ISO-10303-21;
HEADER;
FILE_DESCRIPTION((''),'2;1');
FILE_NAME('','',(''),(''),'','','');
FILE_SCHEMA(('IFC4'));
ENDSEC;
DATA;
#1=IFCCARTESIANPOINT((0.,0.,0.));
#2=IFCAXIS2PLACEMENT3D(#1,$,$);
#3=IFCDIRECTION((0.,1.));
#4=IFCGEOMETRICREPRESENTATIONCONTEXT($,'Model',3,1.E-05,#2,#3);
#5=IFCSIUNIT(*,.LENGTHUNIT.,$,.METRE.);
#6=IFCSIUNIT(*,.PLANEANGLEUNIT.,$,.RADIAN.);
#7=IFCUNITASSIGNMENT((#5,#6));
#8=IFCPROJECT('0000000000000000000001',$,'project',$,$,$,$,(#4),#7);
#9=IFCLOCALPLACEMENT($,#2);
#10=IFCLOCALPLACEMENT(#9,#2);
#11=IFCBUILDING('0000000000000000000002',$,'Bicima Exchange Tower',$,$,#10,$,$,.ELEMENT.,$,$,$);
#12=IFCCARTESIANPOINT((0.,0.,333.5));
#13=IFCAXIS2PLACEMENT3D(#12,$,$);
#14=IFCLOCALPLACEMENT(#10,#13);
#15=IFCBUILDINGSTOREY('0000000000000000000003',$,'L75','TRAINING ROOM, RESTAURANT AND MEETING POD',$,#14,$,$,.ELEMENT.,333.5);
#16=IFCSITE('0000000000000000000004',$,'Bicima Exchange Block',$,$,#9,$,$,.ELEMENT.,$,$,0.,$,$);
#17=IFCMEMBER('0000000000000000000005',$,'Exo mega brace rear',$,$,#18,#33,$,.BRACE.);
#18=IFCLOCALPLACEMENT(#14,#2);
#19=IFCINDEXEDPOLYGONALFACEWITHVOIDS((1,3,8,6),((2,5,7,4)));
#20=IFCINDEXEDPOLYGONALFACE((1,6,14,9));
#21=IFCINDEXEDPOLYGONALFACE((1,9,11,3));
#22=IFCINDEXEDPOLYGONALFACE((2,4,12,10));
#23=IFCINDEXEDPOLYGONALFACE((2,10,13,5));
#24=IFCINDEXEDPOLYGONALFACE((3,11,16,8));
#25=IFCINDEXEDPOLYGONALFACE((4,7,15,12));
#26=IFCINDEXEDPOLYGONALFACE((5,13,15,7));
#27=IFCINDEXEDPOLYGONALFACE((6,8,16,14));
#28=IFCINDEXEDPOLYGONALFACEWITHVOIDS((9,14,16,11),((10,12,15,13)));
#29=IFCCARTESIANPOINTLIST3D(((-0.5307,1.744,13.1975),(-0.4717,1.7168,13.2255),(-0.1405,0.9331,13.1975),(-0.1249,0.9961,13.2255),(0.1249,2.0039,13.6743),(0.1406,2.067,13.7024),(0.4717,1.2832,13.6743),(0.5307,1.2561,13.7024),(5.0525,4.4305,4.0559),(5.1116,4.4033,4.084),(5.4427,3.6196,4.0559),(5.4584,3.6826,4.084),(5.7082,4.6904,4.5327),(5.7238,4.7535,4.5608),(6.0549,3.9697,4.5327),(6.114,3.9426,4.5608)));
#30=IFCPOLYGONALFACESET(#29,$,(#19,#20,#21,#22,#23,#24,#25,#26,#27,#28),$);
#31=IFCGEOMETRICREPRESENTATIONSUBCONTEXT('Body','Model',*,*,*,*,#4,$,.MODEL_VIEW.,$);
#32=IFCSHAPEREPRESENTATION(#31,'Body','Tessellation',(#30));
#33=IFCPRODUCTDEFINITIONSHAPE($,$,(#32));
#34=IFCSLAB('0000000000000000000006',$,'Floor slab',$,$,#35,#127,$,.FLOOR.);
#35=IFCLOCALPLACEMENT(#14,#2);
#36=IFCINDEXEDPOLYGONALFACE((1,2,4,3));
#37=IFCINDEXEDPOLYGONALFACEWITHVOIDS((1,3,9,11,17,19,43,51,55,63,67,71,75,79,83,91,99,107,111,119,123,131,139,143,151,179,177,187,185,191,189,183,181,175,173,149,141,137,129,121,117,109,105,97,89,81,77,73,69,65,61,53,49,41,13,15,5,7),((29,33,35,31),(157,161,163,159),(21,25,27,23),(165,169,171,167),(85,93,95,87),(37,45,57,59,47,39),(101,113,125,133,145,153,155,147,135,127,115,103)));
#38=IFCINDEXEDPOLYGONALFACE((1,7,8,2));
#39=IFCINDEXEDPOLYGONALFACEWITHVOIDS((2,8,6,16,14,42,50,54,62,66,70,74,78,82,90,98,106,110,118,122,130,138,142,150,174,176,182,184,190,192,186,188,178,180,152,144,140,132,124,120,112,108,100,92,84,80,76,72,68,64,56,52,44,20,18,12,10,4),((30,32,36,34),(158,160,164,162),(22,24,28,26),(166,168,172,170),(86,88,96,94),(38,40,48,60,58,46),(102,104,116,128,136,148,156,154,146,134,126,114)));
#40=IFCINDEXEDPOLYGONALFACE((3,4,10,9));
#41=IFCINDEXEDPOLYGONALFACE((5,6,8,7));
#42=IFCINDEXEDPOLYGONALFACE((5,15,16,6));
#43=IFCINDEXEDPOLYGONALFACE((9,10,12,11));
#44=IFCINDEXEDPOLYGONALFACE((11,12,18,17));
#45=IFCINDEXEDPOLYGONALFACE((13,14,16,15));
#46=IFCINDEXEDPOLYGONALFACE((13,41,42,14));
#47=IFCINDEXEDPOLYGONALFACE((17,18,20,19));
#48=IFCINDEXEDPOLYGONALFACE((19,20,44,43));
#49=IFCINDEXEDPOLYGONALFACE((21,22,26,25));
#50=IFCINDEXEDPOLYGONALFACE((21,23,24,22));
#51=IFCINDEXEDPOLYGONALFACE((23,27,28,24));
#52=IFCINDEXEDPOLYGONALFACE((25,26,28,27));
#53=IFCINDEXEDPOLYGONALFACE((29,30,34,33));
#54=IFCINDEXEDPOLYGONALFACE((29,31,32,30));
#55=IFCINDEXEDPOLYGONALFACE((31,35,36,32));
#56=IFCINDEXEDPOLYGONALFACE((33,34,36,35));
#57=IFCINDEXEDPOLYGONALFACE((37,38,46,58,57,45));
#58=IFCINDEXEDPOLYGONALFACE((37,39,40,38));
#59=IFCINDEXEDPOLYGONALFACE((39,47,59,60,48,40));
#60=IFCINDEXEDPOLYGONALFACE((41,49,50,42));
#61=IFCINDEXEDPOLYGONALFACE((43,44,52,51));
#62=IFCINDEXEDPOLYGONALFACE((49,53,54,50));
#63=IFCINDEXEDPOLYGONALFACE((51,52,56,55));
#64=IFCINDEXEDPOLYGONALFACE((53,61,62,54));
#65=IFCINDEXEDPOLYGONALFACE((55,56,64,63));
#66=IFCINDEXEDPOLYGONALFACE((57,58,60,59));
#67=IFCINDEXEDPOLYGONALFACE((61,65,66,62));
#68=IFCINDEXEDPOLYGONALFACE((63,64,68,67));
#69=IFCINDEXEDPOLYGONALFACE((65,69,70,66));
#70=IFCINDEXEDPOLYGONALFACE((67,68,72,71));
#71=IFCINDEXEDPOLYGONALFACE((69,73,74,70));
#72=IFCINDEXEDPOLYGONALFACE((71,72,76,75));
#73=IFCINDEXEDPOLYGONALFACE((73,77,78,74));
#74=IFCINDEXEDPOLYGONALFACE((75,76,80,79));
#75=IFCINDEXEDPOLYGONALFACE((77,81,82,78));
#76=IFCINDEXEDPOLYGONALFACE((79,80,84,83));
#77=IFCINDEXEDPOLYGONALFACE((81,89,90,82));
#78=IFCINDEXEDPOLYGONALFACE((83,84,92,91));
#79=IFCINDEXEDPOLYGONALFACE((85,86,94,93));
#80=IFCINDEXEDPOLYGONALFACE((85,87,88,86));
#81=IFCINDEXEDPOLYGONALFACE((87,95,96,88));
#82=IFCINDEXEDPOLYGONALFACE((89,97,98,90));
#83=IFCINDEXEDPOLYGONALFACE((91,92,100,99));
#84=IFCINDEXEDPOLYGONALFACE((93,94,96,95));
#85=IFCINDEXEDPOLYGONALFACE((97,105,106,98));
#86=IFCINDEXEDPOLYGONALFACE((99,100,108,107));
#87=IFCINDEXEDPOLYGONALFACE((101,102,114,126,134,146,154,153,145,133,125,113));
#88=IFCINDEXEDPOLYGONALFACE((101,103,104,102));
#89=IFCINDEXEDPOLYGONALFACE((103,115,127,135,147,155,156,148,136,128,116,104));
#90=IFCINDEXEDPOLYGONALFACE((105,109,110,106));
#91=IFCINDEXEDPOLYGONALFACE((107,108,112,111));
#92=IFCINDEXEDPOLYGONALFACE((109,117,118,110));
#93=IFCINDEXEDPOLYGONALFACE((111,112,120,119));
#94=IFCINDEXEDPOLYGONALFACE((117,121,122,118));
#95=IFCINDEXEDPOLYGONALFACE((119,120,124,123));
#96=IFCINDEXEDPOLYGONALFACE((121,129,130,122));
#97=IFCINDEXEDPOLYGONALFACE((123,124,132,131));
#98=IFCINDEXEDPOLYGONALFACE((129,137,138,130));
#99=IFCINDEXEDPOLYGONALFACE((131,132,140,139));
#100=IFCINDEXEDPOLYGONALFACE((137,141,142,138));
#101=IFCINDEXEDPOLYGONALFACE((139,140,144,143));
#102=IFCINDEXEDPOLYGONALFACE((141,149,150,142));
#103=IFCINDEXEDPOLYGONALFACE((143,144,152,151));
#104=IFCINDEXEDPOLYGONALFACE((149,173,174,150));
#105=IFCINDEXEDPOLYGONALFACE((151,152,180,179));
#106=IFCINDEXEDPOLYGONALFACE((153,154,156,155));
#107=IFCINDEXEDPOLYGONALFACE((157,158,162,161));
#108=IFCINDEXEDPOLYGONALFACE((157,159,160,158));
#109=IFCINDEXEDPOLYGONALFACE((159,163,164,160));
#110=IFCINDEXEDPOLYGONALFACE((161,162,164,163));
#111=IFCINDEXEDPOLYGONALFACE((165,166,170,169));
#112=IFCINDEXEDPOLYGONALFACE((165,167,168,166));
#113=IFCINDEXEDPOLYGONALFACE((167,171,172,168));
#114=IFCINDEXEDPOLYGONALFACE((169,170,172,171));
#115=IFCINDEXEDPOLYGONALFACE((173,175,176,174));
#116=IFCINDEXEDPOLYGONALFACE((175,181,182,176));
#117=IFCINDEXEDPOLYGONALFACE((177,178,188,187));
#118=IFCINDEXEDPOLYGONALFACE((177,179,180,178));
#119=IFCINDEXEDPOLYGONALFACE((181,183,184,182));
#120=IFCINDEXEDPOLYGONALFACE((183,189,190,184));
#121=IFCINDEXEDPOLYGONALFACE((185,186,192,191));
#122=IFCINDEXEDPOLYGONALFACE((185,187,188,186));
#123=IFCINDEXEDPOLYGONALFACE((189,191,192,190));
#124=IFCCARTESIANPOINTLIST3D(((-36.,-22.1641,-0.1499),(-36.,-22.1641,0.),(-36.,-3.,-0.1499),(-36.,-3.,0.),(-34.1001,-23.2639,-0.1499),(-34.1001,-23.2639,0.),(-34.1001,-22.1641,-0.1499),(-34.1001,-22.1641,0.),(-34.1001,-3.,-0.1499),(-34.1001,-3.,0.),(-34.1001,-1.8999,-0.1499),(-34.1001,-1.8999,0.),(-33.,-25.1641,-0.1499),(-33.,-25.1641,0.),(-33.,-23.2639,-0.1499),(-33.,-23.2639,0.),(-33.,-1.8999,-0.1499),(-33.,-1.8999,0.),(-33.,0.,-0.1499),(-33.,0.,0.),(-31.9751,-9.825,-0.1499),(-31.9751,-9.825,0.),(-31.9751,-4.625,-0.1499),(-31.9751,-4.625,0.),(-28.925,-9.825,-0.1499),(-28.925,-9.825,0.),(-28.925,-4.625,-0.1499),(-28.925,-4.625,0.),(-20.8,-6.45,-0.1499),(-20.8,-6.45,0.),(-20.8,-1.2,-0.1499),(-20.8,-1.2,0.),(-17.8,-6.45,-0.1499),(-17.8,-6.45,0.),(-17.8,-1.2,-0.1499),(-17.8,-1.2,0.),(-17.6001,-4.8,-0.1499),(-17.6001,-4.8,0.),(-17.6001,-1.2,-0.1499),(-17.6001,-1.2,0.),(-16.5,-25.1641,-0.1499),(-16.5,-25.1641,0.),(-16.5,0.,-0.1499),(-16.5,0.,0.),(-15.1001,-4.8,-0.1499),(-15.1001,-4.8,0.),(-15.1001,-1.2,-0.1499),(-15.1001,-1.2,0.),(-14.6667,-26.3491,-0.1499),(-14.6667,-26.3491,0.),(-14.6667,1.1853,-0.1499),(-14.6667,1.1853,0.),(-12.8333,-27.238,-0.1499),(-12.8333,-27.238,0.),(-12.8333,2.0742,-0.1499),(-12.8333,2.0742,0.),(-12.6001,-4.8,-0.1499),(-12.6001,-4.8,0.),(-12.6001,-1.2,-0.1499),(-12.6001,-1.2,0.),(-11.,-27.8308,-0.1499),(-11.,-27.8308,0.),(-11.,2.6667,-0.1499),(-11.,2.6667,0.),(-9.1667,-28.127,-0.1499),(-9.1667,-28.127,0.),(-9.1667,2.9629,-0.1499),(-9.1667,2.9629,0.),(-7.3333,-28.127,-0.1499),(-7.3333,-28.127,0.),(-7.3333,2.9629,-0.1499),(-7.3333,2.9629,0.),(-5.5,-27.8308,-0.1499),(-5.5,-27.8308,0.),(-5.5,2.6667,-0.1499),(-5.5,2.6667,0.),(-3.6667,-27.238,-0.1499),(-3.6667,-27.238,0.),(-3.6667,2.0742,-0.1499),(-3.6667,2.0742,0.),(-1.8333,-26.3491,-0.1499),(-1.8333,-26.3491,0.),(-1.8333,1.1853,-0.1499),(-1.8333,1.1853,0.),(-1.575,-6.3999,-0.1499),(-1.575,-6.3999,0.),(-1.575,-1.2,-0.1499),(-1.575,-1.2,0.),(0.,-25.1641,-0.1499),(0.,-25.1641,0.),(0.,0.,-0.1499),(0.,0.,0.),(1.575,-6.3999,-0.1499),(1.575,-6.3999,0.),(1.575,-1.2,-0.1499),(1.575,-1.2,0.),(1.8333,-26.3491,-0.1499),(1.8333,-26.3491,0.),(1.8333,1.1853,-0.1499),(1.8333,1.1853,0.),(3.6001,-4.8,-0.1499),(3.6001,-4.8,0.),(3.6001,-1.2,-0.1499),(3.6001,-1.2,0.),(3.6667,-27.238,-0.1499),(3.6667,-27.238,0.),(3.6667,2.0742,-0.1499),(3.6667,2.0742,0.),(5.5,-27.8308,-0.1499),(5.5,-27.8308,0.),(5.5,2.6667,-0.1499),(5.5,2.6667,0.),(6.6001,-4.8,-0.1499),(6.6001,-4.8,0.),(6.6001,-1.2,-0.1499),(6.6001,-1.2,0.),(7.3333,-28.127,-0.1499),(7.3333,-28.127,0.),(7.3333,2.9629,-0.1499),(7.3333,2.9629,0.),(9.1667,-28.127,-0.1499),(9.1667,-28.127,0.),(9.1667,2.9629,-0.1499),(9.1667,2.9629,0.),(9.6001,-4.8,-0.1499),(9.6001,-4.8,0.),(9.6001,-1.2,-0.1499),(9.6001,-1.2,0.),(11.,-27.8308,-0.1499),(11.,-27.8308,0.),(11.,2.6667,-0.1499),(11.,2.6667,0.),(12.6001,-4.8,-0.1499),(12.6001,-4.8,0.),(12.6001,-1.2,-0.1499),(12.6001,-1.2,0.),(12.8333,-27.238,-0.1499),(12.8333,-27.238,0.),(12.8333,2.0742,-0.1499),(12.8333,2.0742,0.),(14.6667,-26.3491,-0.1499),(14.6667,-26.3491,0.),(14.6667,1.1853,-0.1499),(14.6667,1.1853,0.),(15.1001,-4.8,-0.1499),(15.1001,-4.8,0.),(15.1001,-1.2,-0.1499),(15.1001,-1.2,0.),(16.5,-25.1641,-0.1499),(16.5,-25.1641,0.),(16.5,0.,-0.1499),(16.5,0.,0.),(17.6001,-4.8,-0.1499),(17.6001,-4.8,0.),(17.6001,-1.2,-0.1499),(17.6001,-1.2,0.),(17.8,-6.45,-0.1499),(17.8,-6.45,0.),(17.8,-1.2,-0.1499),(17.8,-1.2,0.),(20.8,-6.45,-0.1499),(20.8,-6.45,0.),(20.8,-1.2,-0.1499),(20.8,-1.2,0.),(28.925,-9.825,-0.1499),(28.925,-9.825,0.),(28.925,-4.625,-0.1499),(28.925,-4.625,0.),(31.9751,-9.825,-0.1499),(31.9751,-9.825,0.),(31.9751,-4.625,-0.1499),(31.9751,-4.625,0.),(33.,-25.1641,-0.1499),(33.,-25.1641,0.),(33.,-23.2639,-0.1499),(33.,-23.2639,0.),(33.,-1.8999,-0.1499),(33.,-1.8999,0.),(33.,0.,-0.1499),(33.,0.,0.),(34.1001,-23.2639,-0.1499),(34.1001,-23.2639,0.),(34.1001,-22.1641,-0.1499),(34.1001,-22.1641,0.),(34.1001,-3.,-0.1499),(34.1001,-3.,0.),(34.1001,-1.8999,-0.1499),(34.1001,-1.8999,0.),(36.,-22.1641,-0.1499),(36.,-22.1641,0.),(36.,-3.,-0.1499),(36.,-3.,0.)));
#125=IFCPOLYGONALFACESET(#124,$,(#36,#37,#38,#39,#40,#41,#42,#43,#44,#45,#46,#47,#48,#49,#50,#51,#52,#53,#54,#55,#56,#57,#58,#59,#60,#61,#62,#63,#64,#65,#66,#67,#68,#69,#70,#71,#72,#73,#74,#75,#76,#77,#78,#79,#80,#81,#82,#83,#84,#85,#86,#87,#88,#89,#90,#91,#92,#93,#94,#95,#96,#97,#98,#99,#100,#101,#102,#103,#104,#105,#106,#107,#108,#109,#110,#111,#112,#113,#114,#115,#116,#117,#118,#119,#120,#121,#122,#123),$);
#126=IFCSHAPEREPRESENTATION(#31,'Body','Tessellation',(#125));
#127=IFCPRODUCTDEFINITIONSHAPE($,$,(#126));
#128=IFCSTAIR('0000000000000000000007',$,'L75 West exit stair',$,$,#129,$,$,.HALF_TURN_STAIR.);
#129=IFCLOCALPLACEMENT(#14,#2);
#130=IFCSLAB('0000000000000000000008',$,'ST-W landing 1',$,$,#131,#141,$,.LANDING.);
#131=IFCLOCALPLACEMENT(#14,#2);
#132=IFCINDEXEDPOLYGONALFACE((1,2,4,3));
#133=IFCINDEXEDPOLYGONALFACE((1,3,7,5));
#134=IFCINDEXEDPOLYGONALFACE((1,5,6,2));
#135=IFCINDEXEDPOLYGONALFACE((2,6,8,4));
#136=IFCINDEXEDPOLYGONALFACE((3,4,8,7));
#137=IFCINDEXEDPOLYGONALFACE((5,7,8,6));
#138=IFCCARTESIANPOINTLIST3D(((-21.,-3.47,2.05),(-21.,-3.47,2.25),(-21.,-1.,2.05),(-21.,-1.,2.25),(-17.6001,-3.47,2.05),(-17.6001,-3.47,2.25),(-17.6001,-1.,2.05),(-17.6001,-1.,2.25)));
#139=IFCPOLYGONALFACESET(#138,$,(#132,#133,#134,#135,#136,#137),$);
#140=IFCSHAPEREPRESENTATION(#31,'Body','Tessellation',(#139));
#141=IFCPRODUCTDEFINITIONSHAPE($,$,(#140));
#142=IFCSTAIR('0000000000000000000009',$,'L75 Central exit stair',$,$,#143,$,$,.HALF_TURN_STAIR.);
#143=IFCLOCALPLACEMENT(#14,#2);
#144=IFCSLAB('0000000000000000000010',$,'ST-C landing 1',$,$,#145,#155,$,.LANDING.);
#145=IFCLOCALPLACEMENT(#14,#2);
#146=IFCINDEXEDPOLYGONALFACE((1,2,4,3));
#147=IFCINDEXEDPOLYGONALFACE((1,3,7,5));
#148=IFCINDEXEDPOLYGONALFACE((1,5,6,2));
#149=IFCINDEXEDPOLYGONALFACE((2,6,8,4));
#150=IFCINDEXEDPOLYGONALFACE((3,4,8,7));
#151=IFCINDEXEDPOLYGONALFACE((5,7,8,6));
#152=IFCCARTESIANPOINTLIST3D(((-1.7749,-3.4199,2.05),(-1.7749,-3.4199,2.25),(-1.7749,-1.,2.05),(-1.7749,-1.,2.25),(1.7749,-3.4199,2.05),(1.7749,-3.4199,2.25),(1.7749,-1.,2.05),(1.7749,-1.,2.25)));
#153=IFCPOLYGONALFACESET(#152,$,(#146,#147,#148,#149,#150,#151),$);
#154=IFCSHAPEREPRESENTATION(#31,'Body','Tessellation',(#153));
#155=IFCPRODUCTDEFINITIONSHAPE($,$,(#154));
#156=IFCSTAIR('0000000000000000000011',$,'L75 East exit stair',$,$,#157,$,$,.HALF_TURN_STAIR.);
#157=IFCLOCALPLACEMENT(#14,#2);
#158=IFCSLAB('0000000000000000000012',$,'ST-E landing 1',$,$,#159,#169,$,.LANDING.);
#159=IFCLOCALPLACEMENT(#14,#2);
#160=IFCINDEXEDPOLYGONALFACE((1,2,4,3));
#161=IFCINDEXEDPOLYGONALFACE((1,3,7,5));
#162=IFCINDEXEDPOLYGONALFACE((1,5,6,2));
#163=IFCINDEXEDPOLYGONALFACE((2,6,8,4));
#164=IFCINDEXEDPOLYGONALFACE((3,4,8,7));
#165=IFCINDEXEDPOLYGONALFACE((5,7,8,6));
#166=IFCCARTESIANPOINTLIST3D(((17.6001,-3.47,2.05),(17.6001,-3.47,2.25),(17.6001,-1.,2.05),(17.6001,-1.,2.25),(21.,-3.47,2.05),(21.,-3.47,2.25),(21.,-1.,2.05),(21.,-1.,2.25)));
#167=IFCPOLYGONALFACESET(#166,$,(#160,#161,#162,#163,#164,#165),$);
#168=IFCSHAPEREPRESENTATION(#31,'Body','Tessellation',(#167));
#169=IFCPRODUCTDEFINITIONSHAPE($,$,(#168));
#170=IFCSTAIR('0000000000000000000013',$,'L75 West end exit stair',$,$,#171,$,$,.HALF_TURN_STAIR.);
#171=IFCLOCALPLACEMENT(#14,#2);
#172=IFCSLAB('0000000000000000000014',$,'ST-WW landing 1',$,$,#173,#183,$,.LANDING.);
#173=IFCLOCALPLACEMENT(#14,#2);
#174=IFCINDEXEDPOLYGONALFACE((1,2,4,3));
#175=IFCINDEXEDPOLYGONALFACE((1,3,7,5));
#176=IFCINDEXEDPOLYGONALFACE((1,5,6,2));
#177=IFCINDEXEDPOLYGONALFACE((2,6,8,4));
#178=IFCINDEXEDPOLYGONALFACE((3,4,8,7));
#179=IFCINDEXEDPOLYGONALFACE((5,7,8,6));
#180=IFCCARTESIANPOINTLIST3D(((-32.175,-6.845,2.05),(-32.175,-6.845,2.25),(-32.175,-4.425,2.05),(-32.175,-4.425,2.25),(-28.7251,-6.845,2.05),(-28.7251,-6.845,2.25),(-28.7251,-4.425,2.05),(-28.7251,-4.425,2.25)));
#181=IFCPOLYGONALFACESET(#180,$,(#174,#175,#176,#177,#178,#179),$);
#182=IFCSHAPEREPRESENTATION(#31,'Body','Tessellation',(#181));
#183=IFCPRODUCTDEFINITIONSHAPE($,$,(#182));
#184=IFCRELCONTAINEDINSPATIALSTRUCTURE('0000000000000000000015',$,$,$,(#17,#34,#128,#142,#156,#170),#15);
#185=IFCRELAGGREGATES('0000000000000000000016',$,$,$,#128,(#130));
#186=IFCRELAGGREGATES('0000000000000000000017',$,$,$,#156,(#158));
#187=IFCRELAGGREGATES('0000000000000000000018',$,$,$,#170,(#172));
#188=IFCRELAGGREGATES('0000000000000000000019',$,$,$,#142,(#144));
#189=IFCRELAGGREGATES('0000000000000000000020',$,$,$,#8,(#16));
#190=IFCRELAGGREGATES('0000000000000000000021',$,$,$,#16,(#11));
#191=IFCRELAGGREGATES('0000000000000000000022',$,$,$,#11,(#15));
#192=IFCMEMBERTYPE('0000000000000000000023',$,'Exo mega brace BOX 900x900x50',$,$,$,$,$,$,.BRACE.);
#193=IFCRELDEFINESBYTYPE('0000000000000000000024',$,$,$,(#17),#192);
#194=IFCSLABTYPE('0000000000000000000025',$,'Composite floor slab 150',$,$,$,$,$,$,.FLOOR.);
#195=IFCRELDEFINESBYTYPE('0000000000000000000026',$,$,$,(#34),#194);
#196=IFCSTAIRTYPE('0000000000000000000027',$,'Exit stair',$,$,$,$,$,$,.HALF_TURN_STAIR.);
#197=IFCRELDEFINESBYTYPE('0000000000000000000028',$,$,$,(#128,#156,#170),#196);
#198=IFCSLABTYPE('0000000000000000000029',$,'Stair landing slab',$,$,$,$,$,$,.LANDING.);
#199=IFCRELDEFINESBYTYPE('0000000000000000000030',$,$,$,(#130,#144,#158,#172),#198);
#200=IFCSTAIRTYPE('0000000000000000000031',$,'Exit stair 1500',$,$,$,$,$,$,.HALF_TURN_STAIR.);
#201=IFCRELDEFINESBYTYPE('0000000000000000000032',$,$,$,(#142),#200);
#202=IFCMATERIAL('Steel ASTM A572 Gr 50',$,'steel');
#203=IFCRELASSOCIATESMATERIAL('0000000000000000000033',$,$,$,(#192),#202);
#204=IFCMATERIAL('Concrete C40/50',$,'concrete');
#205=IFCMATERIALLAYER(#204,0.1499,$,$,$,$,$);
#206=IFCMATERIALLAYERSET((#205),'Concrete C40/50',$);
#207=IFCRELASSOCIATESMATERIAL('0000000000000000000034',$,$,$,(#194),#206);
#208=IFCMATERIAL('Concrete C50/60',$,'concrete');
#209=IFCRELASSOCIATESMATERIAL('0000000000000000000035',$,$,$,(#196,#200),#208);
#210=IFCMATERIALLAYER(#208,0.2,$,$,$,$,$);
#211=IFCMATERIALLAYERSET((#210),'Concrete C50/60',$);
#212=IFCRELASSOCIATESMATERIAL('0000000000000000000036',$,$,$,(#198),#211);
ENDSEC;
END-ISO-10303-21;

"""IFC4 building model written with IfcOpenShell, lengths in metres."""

from ifc_helpers import new_model, si_unit, direction, frame, origin, origin_2d, place, context, subcontext, project, spatial, polyline, hollow_rectangle, outline, extrude, material, layer, layer_set, material_profile, profile_set, type_object, element, aggregate, save


model = new_model("IFC4")

# Units and contexts
model_context = context("Model", 3, precision=1e-05, world=origin(), true_north=direction((0.0, 1.0)))
body_context = subcontext(model_context, "Body", "Model", "MODEL_VIEW")
ifc_project = project(units=[si_unit("LENGTHUNIT", "METRE"), si_unit("PLANEANGLEUNIT", "RADIAN")], contexts=[model_context])

# Site, building, storey
site_placement = place(None, origin())
site = spatial("IfcSite", under=ifc_project, at=site_placement, Name="Bicima Exchange Block", CompositionType="ELEMENT", RefElevation=0.0)
building_placement = place(site_placement, origin())
building = spatial("IfcBuilding", under=site, at=building_placement, Name="Bicima Exchange Tower", CompositionType="ELEMENT")
storey_placement = place(building_placement, frame((0.0, 0.0, 333.5)))
storey = spatial("IfcBuildingStorey", under=building, at=storey_placement, Name="L75", Description="TRAINING ROOM, RESTAURANT AND MEETING POD", CompositionType="ELEMENT", Elevation=333.5)

# Member
ifc_material_1 = material(Name="Steel ASTM A572 Gr 50", Category="steel")
ifc_material_profile = material_profile(ifc_material_1, hollow_rectangle(XDim=0.8999, YDim=0.8999, WallThickness=0.05, at=origin_2d()))
ifc_profile_set = profile_set([ifc_material_profile], Name="Steel ASTM A572 Gr 50")
member_type = type_object("IfcMemberType", Name="Exo mega brace BOX 900x900x50", PredefinedType="BRACE", material=ifc_profile_set)
member_placement = place(storey_placement, frame((5.5833, 4.1865, 4.3083), z_axis=(-0.505569, -0.243267, 0.827781), x_axis=(0.433592, -0.901109, 0.0)))
element("IfcMember", 1, at=member_placement, inside=storey, type_object=member_type, Name="Exo mega brace rear", PredefinedType="BRACE", context=body_context, shape_type="SweptSolid", body=[
    extrude(hollow_rectangle(XDim=0.8999, YDim=0.8999, WallThickness=0.05, at=origin_2d()), origin(), (0.0, 0.0, 1.0), 11.0435),
])

# Slab
ifc_material_2 = material(Name="Concrete C40/50", Category="concrete")
ifc_layer_1 = layer(ifc_material_2, 0.1499)
ifc_layer_set_1 = layer_set([ifc_layer_1], Name="Concrete C40/50")
slab_type_1 = type_object("IfcSlabType", Name="Composite floor slab 150", PredefinedType="FLOOR", material=ifc_layer_set_1)
slab_1_placement = place(storey_placement, frame((0.0, 0.0, -0.1499)))
element("IfcSlab", 2, at=slab_1_placement, inside=storey, type_object=slab_type_1, Name="Floor slab", PredefinedType="FLOOR", context=body_context, shape_type="SweptSolid", body=[
    extrude(outline(polyline([(-36.0, -22.1641), (-36.0, -3.0), (-34.1001, -3.0), (-34.1001, -1.8999), (-33.0, -1.8999), (-33.0, 0.0), (-16.5, 0.0), (-14.6667, 1.1853), (-12.8333, 2.0742), (-11.0, 2.6667), (-9.1667, 2.9629), (-7.3333, 2.9629), (-5.5, 2.6667), (-3.6667, 2.0742), (-1.8333, 1.1853), (0.0, 0.0), (1.8333, 1.1853), (3.6667, 2.0742), (5.5, 2.6667), (7.3333, 2.9629), (9.1667, 2.9629), (11.0, 2.6667), (12.8333, 2.0742), (14.6667, 1.1853), (16.5, 0.0), (33.0, 0.0), (33.0, -1.8999), (34.1001, -1.8999), (34.1001, -3.0), (36.0, -3.0), (36.0, -22.1641), (34.1001, -22.1641), (34.1001, -23.2639), (33.0, -23.2639), (33.0, -25.1641), (16.5, -25.1641), (14.6667, -26.3491), (12.8333, -27.238), (11.0, -27.8308), (9.1667, -28.127), (7.3333, -28.127), (5.5, -27.8308), (3.6667, -27.238), (1.8333, -26.3491), (0.0, -25.1641), (-1.8333, -26.3491), (-3.6667, -27.238), (-5.5, -27.8308), (-7.3333, -28.127), (-9.1667, -28.127), (-11.0, -27.8308), (-12.8333, -27.238), (-14.6667, -26.3491), (-16.5, -25.1641), (-33.0, -25.1641), (-33.0, -23.2639), (-34.1001, -23.2639), (-34.1001, -22.1641), (-36.0, -22.1641)]), holes=[polyline([(-28.925, -9.825), (-28.925, -4.625), (-31.9751, -4.625), (-31.9751, -9.825), (-28.925, -9.825)]), polyline([(-20.8, -6.45), (-17.8, -6.45), (-17.8, -1.2), (-20.8, -1.2), (-20.8, -6.45)]), polyline([(-1.575, -6.3999), (1.575, -6.3999), (1.575, -1.2), (-1.575, -1.2), (-1.575, -6.3999)]), polyline([(-12.6001, -1.2), (-15.1001, -1.2), (-17.6001, -1.2), (-17.6001, -4.8), (-15.1001, -4.8), (-12.6001, -4.8), (-12.6001, -1.2)]), polyline([(3.6001, -4.8), (6.6001, -4.8), (9.6001, -4.8), (12.6001, -4.8), (15.1001, -4.8), (17.6001, -4.8), (17.6001, -1.2), (15.1001, -1.2), (12.6001, -1.2), (9.6001, -1.2), (6.6001, -1.2), (3.6001, -1.2), (3.6001, -4.8)]), polyline([(31.9751, -9.825), (31.9751, -4.625), (28.925, -4.625), (28.925, -9.825), (31.9751, -9.825)]), polyline([(17.8, -6.45), (20.8, -6.45), (20.8, -1.2), (17.8, -1.2), (17.8, -6.45)])]), origin(), (0.0, 0.0, 1.0), 0.1499),
])

# Stairs, slabs
ifc_material_3 = material(Name="Concrete C50/60", Category="concrete")
stair_type_1 = type_object("IfcStairType", Name="Exit stair", PredefinedType="HALF_TURN_STAIR", material=ifc_material_3)
stair_1_placement = place(storey_placement, origin())
stair_1 = element("IfcStair", 3, at=stair_1_placement, inside=storey, type_object=stair_type_1, Name="L75 West exit stair", PredefinedType="HALF_TURN_STAIR")
ifc_layer_2 = layer(ifc_material_3, 0.2)
ifc_layer_set_2 = layer_set([ifc_layer_2], Name="Concrete C50/60")
slab_type_2 = type_object("IfcSlabType", Name="Stair landing slab", PredefinedType="LANDING", material=ifc_layer_set_2)
slab_2_placement = place(storey_placement, frame((0.0, 0.0, 2.05)))
slab_2 = element("IfcSlab", 4, at=slab_2_placement, type_object=slab_type_2, Name="ST-W landing 1", PredefinedType="LANDING", context=body_context, shape_type="SweptSolid", body=[
    extrude(outline(polyline([(-17.6001, -3.47), (-17.6001, -1.0), (-21.0, -1.0), (-21.0, -3.47), (-17.6001, -3.47)])), origin(), (0.0, 0.0, 1.0), 0.2),
])
aggregate(stair_1, [slab_2])
stair_type_2 = type_object("IfcStairType", Name="Exit stair 1500", PredefinedType="HALF_TURN_STAIR", material=ifc_material_3)
stair_2_placement = place(storey_placement, origin())
stair_2 = element("IfcStair", 5, at=stair_2_placement, inside=storey, type_object=stair_type_2, Name="L75 Central exit stair", PredefinedType="HALF_TURN_STAIR")
slab_3_placement = place(storey_placement, frame((0.0, 0.0, 2.05)))
slab_3 = element("IfcSlab", 6, at=slab_3_placement, type_object=slab_type_2, Name="ST-C landing 1", PredefinedType="LANDING", context=body_context, shape_type="SweptSolid", body=[
    extrude(outline(polyline([(1.7749, -3.4199), (1.7749, -1.0), (-1.7749, -1.0), (-1.7749, -3.4199), (1.7749, -3.4199)])), origin(), (0.0, 0.0, 1.0), 0.2),
])
stair_3_placement = place(storey_placement, origin())
stair_3 = element("IfcStair", 7, at=stair_3_placement, inside=storey, type_object=stair_type_1, Name="L75 East exit stair", PredefinedType="HALF_TURN_STAIR")
slab_4_placement = place(storey_placement, frame((0.0, 0.0, 2.05)))
slab_4 = element("IfcSlab", 8, at=slab_4_placement, type_object=slab_type_2, Name="ST-E landing 1", PredefinedType="LANDING", context=body_context, shape_type="SweptSolid", body=[
    extrude(outline(polyline([(21.0, -3.47), (21.0, -1.0), (17.6001, -1.0), (17.6001, -3.47), (21.0, -3.47)])), origin(), (0.0, 0.0, 1.0), 0.2),
])
aggregate(stair_3, [slab_4])
stair_4_placement = place(storey_placement, origin())
stair_4 = element("IfcStair", 9, at=stair_4_placement, inside=storey, type_object=stair_type_1, Name="L75 West end exit stair", PredefinedType="HALF_TURN_STAIR")
slab_5_placement = place(storey_placement, frame((0.0, 0.0, 2.05)))
slab_5 = element("IfcSlab", 10, at=slab_5_placement, type_object=slab_type_2, Name="ST-WW landing 1", PredefinedType="LANDING", context=body_context, shape_type="SweptSolid", body=[
    extrude(outline(polyline([(-28.7251, -6.845), (-28.7251, -4.425), (-32.175, -4.425), (-32.175, -6.845), (-28.7251, -6.845)])), origin(), (0.0, 0.0, 1.0), 0.2),
])
aggregate(stair_4, [slab_5])

aggregate(stair_2, [slab_3])

save(model, "model.ifc")
